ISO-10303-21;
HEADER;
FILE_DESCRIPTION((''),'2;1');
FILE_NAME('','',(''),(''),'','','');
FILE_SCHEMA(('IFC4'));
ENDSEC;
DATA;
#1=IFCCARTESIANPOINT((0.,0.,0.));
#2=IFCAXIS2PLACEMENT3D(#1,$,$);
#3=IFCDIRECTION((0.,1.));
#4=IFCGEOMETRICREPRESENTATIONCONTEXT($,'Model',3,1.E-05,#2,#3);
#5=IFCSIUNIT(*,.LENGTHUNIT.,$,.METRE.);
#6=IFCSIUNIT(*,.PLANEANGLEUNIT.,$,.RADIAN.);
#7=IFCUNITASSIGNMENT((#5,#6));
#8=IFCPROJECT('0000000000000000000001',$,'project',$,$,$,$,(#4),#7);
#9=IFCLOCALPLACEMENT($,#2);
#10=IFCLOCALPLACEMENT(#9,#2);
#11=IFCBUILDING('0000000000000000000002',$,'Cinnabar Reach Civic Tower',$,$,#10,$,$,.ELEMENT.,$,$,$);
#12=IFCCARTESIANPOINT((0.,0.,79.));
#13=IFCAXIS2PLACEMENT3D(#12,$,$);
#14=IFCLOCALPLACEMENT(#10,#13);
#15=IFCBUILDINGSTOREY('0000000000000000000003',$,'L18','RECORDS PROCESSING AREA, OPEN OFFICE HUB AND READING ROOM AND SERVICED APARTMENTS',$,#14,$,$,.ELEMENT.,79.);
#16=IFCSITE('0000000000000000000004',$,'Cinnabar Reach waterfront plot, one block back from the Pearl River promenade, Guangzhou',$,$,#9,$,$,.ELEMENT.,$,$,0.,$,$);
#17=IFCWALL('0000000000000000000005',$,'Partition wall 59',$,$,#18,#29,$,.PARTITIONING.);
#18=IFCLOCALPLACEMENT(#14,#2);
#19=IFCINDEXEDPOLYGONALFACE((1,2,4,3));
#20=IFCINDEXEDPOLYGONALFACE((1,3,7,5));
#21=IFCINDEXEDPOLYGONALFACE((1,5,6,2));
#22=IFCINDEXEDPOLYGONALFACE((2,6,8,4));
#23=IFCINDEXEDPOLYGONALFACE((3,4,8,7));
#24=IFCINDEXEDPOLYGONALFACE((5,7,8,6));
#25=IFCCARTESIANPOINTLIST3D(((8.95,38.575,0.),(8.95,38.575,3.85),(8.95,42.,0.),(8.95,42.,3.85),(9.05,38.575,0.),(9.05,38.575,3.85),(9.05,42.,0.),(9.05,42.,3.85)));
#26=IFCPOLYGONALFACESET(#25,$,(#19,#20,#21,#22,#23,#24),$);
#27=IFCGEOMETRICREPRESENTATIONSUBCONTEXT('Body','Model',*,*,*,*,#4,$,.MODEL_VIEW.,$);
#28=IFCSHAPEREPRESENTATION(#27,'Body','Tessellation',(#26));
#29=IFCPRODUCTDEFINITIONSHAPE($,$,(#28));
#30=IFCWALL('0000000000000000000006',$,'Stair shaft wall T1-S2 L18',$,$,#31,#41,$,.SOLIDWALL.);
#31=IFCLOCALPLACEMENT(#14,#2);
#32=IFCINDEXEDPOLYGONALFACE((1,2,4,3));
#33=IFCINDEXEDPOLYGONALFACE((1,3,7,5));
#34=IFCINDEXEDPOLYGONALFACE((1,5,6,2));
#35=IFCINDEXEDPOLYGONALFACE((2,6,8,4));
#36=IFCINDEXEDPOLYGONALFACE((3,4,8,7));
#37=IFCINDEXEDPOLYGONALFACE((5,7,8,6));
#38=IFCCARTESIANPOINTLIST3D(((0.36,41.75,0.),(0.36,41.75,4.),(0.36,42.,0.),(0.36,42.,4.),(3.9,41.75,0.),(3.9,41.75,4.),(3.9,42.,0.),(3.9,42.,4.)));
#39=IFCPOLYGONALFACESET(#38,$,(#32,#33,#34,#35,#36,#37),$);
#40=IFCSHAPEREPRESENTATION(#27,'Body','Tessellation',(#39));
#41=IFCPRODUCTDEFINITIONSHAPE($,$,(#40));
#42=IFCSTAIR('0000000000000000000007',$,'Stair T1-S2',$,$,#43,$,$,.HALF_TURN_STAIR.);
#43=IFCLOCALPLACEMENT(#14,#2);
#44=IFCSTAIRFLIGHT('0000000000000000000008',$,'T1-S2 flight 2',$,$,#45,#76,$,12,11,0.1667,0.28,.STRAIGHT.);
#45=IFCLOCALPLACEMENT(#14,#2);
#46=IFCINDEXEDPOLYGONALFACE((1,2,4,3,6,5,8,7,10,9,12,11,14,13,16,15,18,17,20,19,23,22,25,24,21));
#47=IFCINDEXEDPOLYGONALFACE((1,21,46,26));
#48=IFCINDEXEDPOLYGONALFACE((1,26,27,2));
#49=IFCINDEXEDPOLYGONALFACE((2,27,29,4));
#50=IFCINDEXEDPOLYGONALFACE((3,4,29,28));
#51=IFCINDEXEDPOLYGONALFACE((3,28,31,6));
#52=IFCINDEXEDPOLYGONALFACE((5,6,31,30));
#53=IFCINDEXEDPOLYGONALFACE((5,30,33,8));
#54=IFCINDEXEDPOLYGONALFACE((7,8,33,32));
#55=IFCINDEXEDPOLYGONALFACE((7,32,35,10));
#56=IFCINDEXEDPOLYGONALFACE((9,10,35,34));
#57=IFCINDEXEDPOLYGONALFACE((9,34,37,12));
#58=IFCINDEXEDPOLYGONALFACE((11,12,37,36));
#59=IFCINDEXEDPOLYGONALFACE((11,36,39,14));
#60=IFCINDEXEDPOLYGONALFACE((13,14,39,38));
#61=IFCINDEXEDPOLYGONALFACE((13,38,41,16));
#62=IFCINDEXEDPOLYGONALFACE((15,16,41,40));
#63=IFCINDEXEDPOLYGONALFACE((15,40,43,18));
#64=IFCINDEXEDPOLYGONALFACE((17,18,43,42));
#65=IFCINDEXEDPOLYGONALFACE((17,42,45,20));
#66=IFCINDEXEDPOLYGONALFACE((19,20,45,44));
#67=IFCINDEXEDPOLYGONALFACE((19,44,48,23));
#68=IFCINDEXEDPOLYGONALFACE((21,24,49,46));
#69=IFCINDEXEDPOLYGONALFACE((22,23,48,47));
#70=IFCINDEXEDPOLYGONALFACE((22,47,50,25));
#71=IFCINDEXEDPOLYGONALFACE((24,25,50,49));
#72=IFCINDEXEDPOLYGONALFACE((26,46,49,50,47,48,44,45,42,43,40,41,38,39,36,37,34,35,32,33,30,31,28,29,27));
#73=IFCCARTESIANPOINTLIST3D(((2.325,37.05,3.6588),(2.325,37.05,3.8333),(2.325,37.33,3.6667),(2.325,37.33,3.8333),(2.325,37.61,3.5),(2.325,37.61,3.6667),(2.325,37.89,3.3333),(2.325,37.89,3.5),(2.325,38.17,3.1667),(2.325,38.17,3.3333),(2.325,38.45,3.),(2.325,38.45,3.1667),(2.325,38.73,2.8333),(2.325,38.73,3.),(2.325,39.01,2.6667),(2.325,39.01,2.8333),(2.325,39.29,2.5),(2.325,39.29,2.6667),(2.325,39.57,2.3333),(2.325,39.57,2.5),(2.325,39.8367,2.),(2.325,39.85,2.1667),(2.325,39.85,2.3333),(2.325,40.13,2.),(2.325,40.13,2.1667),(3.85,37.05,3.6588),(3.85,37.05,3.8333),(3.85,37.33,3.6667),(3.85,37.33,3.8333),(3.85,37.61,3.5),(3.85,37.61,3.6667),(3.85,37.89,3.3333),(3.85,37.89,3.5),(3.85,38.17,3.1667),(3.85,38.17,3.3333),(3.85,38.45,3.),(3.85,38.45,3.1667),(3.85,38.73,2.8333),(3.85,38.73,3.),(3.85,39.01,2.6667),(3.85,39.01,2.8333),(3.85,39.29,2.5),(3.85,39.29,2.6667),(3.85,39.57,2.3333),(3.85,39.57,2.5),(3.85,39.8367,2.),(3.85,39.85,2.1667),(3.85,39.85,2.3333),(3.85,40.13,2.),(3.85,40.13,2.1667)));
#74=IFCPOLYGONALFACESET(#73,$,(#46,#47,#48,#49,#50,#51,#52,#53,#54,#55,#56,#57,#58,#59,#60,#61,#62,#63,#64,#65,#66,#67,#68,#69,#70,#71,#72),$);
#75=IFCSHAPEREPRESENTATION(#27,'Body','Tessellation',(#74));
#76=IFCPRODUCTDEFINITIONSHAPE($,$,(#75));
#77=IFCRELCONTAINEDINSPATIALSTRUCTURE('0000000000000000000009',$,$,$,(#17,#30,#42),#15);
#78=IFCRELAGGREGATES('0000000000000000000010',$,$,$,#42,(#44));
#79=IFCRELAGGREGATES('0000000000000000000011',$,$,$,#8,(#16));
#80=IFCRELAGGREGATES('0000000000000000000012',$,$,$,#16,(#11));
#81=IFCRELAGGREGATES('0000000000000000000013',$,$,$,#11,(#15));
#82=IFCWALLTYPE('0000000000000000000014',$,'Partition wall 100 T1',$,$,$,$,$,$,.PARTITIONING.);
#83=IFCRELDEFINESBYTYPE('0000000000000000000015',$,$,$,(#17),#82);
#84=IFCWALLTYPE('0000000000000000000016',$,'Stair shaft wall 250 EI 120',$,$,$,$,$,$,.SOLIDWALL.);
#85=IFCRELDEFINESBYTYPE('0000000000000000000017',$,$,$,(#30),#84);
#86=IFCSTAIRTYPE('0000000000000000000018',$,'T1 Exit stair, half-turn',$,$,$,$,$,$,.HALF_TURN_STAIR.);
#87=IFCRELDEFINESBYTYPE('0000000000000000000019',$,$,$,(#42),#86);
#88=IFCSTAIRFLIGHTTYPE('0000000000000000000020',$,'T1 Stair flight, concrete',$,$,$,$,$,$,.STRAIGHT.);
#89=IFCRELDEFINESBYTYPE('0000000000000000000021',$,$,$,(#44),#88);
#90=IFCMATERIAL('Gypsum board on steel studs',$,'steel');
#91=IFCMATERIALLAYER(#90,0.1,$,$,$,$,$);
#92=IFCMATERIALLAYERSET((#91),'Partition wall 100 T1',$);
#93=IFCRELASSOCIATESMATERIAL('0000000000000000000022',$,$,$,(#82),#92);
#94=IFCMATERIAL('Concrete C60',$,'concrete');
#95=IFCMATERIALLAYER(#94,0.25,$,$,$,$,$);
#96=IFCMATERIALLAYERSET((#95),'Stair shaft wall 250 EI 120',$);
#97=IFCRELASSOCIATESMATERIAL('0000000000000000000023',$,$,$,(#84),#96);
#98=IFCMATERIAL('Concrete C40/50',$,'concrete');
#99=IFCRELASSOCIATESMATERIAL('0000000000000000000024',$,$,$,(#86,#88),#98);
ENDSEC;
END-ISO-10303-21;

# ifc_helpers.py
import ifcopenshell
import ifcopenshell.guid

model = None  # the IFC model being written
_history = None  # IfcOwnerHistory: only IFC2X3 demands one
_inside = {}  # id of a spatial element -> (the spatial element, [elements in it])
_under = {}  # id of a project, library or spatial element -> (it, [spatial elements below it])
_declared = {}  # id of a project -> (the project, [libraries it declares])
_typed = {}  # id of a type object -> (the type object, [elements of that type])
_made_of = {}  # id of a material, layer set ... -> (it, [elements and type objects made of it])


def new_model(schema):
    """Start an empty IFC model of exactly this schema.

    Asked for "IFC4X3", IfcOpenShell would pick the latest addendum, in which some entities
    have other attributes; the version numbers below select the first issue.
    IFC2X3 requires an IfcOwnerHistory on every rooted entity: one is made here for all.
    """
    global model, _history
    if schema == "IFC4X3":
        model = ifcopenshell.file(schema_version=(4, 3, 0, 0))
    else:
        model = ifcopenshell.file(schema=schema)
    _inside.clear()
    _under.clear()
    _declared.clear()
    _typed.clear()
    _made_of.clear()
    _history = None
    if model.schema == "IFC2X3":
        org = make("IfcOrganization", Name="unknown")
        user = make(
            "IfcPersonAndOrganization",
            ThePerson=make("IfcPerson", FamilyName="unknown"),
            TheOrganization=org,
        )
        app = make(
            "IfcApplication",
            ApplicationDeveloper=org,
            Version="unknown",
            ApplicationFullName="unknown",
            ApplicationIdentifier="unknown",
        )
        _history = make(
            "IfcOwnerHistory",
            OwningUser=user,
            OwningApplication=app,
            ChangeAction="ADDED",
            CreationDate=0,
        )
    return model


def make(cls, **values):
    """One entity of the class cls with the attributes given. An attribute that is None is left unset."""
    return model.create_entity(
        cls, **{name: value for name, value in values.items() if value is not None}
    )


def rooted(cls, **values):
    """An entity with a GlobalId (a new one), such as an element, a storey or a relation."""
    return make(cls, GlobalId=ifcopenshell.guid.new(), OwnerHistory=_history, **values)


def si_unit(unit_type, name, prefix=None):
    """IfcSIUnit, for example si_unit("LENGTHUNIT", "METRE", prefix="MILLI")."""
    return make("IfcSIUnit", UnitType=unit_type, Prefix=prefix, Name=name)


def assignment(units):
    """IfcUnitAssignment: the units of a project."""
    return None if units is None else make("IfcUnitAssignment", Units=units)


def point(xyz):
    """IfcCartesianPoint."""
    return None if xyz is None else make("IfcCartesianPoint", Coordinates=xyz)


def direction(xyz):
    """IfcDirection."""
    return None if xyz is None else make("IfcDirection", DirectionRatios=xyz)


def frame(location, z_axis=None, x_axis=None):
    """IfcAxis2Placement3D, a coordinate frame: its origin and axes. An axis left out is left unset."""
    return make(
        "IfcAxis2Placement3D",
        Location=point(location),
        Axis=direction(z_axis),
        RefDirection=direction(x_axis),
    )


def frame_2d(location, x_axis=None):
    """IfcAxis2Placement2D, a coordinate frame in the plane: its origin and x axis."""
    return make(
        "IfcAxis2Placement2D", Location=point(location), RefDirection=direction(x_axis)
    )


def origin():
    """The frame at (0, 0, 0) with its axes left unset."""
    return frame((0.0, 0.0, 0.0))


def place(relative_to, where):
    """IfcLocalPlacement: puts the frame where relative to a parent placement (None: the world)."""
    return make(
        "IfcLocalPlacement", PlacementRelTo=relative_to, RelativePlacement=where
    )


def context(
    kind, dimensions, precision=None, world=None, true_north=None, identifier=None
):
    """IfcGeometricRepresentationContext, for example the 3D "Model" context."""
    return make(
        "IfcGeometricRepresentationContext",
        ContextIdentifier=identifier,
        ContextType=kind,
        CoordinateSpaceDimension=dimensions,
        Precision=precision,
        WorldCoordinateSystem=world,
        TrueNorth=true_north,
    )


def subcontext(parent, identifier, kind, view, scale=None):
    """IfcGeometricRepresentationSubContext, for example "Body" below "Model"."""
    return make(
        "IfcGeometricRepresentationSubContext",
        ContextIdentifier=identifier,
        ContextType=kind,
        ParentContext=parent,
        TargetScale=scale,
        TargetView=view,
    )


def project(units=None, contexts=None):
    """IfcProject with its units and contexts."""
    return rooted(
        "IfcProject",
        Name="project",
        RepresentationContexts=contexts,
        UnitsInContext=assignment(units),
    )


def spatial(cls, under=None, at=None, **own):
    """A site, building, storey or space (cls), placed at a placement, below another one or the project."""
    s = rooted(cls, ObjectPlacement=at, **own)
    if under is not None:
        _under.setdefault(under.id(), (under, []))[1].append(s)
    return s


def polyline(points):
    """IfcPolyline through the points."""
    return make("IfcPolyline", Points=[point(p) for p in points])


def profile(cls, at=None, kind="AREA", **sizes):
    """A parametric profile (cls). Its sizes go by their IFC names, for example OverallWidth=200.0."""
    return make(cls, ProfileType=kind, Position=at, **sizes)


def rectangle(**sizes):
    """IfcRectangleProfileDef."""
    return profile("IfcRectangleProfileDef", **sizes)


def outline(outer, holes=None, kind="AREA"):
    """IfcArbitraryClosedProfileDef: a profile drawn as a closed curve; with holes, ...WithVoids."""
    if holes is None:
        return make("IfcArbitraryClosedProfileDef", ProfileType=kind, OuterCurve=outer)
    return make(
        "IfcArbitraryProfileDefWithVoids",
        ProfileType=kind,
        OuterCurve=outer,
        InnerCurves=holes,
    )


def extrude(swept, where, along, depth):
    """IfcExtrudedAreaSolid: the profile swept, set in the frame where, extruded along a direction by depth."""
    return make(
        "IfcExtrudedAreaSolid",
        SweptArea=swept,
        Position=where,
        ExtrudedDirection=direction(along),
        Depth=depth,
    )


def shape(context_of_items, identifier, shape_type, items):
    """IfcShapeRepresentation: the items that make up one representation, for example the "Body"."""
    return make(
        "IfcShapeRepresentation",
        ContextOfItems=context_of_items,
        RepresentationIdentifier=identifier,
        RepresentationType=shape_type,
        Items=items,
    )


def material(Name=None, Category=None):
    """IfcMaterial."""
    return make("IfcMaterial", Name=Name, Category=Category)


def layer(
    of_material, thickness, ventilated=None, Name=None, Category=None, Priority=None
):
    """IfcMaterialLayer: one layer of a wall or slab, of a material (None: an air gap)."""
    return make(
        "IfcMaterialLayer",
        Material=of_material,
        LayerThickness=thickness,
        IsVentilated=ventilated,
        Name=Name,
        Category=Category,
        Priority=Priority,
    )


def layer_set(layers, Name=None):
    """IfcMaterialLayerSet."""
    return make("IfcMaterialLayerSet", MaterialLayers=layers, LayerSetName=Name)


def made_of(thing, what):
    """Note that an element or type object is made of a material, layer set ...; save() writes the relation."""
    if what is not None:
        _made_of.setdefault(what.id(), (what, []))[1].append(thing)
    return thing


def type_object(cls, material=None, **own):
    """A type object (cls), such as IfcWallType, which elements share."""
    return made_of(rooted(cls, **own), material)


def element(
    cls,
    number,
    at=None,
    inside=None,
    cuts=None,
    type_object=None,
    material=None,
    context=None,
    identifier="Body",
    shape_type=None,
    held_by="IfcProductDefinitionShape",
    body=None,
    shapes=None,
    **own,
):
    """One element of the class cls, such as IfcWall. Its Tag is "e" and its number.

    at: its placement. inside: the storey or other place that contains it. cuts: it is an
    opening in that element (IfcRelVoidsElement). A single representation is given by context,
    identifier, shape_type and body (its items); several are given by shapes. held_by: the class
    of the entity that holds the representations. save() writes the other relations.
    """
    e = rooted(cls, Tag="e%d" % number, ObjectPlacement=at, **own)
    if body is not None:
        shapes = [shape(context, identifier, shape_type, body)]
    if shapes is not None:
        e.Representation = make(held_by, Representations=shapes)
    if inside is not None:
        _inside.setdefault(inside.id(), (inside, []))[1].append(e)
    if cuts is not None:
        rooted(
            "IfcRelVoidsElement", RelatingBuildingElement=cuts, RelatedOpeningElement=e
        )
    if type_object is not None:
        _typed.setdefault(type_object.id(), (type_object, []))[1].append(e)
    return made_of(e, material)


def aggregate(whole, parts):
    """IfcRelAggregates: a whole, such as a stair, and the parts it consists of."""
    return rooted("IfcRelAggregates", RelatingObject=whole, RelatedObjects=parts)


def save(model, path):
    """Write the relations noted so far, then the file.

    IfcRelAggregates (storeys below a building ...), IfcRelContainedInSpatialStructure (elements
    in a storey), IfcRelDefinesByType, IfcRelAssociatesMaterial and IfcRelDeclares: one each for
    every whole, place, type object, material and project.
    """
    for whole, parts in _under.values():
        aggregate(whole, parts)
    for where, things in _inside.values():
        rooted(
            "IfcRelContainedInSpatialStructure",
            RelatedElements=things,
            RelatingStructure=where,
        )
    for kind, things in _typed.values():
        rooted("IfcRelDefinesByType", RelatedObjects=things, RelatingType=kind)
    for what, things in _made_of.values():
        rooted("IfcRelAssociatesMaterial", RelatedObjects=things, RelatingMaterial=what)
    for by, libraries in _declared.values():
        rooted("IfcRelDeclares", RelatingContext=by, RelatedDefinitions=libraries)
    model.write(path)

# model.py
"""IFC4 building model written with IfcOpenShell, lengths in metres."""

from ifc_helpers import new_model, si_unit, direction, frame, frame_2d, origin, place, context, subcontext, project, spatial, polyline, rectangle, outline, extrude, material, layer, layer_set, type_object, element, aggregate, save


model = new_model("IFC4")

# Units and contexts
model_context = context("Model", 3, precision=1e-05, world=origin(), true_north=direction((0.0, 1.0)))
body_context = subcontext(model_context, "Body", "Model", "MODEL_VIEW")
ifc_project = project(units=[si_unit("LENGTHUNIT", "METRE"), si_unit("PLANEANGLEUNIT", "RADIAN")], contexts=[model_context])

# Site, building, storey
site_placement = place(None, origin())
site = spatial("IfcSite", under=ifc_project, at=site_placement, Name="Cinnabar Reach waterfront plot, one block back from the Pearl River promenade, Guangzhou", CompositionType="ELEMENT", RefElevation=0.0)
building_placement = place(site_placement, origin())
building = spatial("IfcBuilding", under=site, at=building_placement, Name="Cinnabar Reach Civic Tower", CompositionType="ELEMENT")
storey_placement = place(building_placement, frame((0.0, 0.0, 79.0)))
storey = spatial("IfcBuildingStorey", under=building, at=storey_placement, Name="L18", Description="RECORDS PROCESSING AREA, OPEN OFFICE HUB AND READING ROOM AND SERVICED APARTMENTS", CompositionType="ELEMENT", Elevation=79.0)

# Walls
ifc_material_1 = material(Name="Gypsum board on steel studs", Category="steel")
ifc_layer_1 = layer(ifc_material_1, 0.1)
ifc_layer_set_1 = layer_set([ifc_layer_1], Name="Partition wall 100 T1")
wall_type_1 = type_object("IfcWallType", Name="Partition wall 100 T1", PredefinedType="PARTITIONING", material=ifc_layer_set_1)
for number, where, z_axis, x_axis, name in (
    (1, (9.0, 38.575, 0.0), (0.0, 0.0, 1.0), (0.0, 1.0, 0.0), "Partition wall 59"),
):
    element("IfcWall", number, at=place(storey_placement, frame(where, z_axis=z_axis, x_axis=x_axis)), inside=storey, type_object=wall_type_1, Name=name, PredefinedType="PARTITIONING", context=body_context, shape_type="SweptSolid", body=[
        extrude(rectangle(XDim=3.425, YDim=0.1, at=frame_2d((1.7125, 0.0))), origin(), (0.0, 0.0, 1.0), 3.85),
    ])
ifc_material_2 = material(Name="Concrete C60", Category="concrete")
ifc_layer_2 = layer(ifc_material_2, 0.25)
ifc_layer_set_2 = layer_set([ifc_layer_2], Name="Stair shaft wall 250 EI 120")
wall_type_2 = type_object("IfcWallType", Name="Stair shaft wall 250 EI 120", PredefinedType="SOLIDWALL", material=ifc_layer_set_2)
wall_1_placement = place(storey_placement, frame((3.9, 41.875, 0.0), z_axis=(0.0, 0.0, 1.0), x_axis=(-1.0, 0.0, 0.0)))
element("IfcWall", 2, at=wall_1_placement, inside=storey, type_object=wall_type_2, Name="Stair shaft wall T1-S2 L18", PredefinedType="SOLIDWALL", context=body_context, shape_type="SweptSolid", body=[
    extrude(rectangle(XDim=3.54, YDim=0.25, at=frame_2d((1.77, 0.0))), origin(), (0.0, 0.0, 1.0), 4.0),
])

# Stair, stair flight
ifc_material_3 = material(Name="Concrete C40/50", Category="concrete")
stair_type = type_object("IfcStairType", Name="T1 Exit stair, half-turn", PredefinedType="HALF_TURN_STAIR", material=ifc_material_3)
stair_placement = place(storey_placement, origin())
stair = element("IfcStair", 3, at=stair_placement, inside=storey, type_object=stair_type, Name="Stair T1-S2", PredefinedType="HALF_TURN_STAIR")
stair_flight_type = type_object("IfcStairFlightType", Name="T1 Stair flight, concrete", PredefinedType="STRAIGHT", material=ifc_material_3)
stair_flight_placement = place(storey_placement, frame((3.0875, 40.13, 2.0), z_axis=(0.0, 0.0, 1.0), x_axis=(0.0, -1.0, 0.0)))
stair_flight = element("IfcStairFlight", 4, at=stair_flight_placement, type_object=stair_flight_type, Name="T1-S2 flight 2", NumberOfRisers=12, NumberOfTreads=11, PredefinedType="STRAIGHT", RiserHeight=0.1667, TreadLength=0.28, context=body_context, shape_type="SweptSolid", body=[
    extrude(outline(polyline([(0.0, 0.0), (0.0, 0.1667), (0.28, 0.1667), (0.28, 0.3333), (0.56, 0.3333), (0.56, 0.5), (0.84, 0.5), (0.84, 0.6667), (1.12, 0.6667), (1.12, 0.8333), (1.4, 0.8333), (1.4, 1.0), (1.68, 1.0), (1.68, 1.1667), (1.96, 1.1667), (1.96, 1.3333), (2.24, 1.3333), (2.24, 1.5), (2.52, 1.5), (2.52, 1.6667), (2.8, 1.6667), (2.8, 1.8333), (3.08, 1.8333), (3.08, 2.0), (3.08, 1.6588), (0.2933, 0.0), (0.0, 0.0)])), frame((0.0, 0.7625, 0.0), z_axis=(0.0, -1.0, 0.0), x_axis=(1.0, 0.0, 0.0)), (0.0, 0.0, 1.0), 1.525),
])
aggregate(stair, [stair_flight])

save(model, "model.ifc")
